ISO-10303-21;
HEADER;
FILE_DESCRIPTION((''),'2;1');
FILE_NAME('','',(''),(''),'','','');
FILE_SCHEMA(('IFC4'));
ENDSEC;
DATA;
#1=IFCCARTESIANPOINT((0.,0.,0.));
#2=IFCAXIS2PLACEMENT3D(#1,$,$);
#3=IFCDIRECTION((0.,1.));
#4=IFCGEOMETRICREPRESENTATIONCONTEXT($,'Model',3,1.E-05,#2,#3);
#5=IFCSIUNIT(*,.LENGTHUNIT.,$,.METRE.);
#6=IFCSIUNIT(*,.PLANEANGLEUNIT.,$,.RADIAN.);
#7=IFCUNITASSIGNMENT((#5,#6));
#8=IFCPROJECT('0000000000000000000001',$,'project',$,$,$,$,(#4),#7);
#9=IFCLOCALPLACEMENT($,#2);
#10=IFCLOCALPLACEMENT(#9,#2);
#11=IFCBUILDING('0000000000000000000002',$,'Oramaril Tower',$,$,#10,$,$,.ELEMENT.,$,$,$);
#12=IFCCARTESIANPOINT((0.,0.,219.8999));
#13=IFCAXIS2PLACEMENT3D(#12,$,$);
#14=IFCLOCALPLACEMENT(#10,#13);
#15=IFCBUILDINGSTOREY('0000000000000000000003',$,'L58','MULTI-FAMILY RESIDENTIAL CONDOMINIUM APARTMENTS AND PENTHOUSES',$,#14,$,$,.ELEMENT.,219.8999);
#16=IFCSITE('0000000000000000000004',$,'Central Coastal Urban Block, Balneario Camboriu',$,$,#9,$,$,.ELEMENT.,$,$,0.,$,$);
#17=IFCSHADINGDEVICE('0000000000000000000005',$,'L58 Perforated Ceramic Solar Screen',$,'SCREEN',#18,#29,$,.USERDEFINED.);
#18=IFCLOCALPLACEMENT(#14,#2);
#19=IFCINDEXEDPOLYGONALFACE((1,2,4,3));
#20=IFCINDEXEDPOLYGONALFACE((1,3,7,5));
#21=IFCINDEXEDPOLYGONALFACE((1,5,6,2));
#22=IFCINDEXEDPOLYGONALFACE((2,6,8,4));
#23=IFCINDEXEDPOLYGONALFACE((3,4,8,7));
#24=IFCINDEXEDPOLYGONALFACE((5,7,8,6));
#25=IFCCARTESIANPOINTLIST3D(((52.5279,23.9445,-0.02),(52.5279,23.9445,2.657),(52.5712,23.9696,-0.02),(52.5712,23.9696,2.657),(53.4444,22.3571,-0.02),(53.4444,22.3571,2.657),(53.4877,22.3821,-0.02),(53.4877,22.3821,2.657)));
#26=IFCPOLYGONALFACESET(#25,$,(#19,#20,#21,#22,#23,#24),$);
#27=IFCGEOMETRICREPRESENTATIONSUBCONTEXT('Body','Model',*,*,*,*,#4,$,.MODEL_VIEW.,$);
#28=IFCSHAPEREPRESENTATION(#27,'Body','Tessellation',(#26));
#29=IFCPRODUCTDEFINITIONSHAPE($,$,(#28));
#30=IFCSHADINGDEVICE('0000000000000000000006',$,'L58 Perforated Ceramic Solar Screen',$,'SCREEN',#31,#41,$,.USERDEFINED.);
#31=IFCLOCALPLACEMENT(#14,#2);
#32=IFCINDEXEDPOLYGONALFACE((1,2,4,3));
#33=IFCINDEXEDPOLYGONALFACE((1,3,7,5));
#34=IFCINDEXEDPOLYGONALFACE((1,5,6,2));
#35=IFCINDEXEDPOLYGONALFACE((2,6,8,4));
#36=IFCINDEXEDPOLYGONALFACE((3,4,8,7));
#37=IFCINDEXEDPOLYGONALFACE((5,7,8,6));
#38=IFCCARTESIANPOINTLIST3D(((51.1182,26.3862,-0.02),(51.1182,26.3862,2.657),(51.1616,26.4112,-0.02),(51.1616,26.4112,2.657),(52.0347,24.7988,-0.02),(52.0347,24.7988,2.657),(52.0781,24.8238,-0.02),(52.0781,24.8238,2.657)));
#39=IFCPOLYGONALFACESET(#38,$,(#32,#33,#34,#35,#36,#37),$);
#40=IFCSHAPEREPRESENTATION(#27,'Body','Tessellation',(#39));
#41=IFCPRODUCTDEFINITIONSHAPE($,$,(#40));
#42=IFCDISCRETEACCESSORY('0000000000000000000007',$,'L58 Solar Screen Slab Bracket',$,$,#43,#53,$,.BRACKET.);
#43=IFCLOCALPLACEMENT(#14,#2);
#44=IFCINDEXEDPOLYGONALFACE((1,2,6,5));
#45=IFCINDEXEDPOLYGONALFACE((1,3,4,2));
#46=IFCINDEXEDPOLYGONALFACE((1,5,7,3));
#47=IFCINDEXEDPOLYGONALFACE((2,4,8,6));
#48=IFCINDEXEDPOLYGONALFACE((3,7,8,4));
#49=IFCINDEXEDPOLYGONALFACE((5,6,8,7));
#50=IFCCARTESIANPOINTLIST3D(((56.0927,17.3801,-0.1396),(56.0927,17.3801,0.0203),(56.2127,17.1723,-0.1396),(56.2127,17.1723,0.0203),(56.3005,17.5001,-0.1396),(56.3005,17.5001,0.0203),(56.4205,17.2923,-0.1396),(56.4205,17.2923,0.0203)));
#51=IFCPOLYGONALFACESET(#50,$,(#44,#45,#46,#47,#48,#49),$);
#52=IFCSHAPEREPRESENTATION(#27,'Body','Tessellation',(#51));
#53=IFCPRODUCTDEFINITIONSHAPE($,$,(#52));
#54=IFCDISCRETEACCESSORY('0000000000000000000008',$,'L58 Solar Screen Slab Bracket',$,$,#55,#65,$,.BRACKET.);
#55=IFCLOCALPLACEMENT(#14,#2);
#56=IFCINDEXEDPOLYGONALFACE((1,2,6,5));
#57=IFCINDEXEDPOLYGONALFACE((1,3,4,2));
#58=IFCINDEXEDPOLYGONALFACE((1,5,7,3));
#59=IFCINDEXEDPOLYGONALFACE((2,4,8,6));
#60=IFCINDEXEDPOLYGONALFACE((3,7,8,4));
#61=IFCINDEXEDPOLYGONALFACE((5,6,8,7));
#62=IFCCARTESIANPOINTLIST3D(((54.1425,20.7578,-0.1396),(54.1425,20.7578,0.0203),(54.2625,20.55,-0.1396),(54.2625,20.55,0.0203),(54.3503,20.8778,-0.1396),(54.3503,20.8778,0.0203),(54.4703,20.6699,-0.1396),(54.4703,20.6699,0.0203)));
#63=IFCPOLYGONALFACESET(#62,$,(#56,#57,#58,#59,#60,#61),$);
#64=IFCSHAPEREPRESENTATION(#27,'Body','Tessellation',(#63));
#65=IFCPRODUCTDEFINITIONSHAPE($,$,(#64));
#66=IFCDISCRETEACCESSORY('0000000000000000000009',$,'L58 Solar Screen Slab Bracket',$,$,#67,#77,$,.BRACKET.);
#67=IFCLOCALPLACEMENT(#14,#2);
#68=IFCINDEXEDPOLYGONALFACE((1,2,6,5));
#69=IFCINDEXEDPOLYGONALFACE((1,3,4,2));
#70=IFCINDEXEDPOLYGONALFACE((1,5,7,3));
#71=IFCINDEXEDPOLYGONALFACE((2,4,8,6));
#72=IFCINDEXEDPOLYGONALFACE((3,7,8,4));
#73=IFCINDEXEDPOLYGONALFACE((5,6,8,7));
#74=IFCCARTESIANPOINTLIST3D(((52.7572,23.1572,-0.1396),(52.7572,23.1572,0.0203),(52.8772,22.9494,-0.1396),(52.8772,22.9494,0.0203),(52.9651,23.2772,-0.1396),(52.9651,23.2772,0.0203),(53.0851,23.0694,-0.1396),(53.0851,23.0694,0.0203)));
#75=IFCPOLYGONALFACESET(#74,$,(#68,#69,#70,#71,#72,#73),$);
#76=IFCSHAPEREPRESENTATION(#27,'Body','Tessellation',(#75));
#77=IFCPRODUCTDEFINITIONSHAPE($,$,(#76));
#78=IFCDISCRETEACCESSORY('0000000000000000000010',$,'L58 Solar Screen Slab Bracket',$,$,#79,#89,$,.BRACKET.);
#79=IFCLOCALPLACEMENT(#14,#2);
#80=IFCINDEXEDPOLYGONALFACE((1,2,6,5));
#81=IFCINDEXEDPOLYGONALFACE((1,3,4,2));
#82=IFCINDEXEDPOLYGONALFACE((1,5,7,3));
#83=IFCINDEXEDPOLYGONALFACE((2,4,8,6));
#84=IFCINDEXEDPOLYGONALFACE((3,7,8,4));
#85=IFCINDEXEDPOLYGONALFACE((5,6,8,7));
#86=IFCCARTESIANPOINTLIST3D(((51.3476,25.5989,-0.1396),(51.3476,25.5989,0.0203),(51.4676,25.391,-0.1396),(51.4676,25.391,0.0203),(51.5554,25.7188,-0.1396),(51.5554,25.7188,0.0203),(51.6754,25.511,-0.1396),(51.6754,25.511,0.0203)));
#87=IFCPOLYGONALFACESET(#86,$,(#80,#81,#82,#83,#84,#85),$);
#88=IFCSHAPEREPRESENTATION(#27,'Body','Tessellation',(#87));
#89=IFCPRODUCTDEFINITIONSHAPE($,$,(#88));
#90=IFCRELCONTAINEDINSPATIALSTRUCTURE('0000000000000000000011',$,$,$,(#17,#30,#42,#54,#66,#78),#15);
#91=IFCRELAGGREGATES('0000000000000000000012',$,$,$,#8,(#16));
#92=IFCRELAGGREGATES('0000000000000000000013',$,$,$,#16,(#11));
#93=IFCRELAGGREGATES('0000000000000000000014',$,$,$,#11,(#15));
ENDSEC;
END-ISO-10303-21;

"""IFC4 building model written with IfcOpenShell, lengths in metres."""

from ifc_helpers import new_model, si_unit, direction, frame, origin, origin_2d, place, context, subcontext, project, spatial, rectangle, extrude, element, save


model = new_model("IFC4")

# Units and contexts
model_context = context("Model", 3, precision=1e-05, world=origin(), true_north=direction((0.0, 1.0)))
body_context = subcontext(model_context, "Body", "Model", "MODEL_VIEW")
ifc_project = project(units=[si_unit("LENGTHUNIT", "METRE"), si_unit("PLANEANGLEUNIT", "RADIAN")], contexts=[model_context])

# Site, building, storey
site_placement = place(None, origin())
site = spatial("IfcSite", under=ifc_project, at=site_placement, Name="Central Coastal Urban Block, Balneario Camboriu", CompositionType="ELEMENT", RefElevation=0.0)
building_placement = place(site_placement, origin())
building = spatial("IfcBuilding", under=site, at=building_placement, Name="Oramaril Tower", CompositionType="ELEMENT")
storey_placement = place(building_placement, frame((0.0, 0.0, 219.8999)))
storey = spatial("IfcBuildingStorey", under=building, at=storey_placement, Name="L58", Description="MULTI-FAMILY RESIDENTIAL CONDOMINIUM APARTMENTS AND PENTHOUSES", CompositionType="ELEMENT", Elevation=219.8999)

# Shading devices
for number, where, z_axis, x_axis, name in (
    (1, (53.0078, 23.1633, -0.02), (0.0, 0.0, 1.0), (-0.499998, 0.866026, 0.0), "L58 Perforated Ceramic Solar Screen"),
    (2, (51.5981, 25.605, -0.02), (0.0, 0.0, 1.0), (-0.499998, 0.866026, 0.0), "L58 Perforated Ceramic Solar Screen"),
):
    element("IfcShadingDevice", number, at=place(storey_placement, frame(where, z_axis=z_axis, x_axis=x_axis)), inside=storey, Name=name, ObjectType="SCREEN", PredefinedType="USERDEFINED", context=body_context, shape_type="SweptSolid", body=[
        extrude(rectangle(XDim=1.833, YDim=0.05, at=origin_2d()), origin(), (0.0, 0.0, 1.0), 2.677),
    ])

# Discrete accessories
for number, where, z_axis, x_axis, name in (
    (3, (56.2566, 17.3362, -0.1396), (0.0, 0.0, 1.0), (-0.499998, 0.866026, 0.0), "L58 Solar Screen Slab Bracket"),
    (4, (54.3064, 20.7139, -0.1396), (0.0, 0.0, 1.0), (-0.499998, 0.866026, 0.0), "L58 Solar Screen Slab Bracket"),
    (5, (52.9211, 23.1133, -0.1396), (0.0, 0.0, 1.0), (-0.499998, 0.866026, 0.0), "L58 Solar Screen Slab Bracket"),
    (6, (51.5115, 25.5549, -0.1396), (0.0, 0.0, 1.0), (-0.499998, 0.866026, 0.0), "L58 Solar Screen Slab Bracket"),
):
    element("IfcDiscreteAccessory", number, at=place(storey_placement, frame(where, z_axis=z_axis, x_axis=x_axis)), inside=storey, Name=name, PredefinedType="BRACKET", context=body_context, shape_type="SweptSolid", body=[
        extrude(rectangle(XDim=0.24, YDim=0.24, at=origin_2d()), origin(), (0.0, 0.0, 1.0), 0.1599),
    ])

save(model, "model.ifc")
